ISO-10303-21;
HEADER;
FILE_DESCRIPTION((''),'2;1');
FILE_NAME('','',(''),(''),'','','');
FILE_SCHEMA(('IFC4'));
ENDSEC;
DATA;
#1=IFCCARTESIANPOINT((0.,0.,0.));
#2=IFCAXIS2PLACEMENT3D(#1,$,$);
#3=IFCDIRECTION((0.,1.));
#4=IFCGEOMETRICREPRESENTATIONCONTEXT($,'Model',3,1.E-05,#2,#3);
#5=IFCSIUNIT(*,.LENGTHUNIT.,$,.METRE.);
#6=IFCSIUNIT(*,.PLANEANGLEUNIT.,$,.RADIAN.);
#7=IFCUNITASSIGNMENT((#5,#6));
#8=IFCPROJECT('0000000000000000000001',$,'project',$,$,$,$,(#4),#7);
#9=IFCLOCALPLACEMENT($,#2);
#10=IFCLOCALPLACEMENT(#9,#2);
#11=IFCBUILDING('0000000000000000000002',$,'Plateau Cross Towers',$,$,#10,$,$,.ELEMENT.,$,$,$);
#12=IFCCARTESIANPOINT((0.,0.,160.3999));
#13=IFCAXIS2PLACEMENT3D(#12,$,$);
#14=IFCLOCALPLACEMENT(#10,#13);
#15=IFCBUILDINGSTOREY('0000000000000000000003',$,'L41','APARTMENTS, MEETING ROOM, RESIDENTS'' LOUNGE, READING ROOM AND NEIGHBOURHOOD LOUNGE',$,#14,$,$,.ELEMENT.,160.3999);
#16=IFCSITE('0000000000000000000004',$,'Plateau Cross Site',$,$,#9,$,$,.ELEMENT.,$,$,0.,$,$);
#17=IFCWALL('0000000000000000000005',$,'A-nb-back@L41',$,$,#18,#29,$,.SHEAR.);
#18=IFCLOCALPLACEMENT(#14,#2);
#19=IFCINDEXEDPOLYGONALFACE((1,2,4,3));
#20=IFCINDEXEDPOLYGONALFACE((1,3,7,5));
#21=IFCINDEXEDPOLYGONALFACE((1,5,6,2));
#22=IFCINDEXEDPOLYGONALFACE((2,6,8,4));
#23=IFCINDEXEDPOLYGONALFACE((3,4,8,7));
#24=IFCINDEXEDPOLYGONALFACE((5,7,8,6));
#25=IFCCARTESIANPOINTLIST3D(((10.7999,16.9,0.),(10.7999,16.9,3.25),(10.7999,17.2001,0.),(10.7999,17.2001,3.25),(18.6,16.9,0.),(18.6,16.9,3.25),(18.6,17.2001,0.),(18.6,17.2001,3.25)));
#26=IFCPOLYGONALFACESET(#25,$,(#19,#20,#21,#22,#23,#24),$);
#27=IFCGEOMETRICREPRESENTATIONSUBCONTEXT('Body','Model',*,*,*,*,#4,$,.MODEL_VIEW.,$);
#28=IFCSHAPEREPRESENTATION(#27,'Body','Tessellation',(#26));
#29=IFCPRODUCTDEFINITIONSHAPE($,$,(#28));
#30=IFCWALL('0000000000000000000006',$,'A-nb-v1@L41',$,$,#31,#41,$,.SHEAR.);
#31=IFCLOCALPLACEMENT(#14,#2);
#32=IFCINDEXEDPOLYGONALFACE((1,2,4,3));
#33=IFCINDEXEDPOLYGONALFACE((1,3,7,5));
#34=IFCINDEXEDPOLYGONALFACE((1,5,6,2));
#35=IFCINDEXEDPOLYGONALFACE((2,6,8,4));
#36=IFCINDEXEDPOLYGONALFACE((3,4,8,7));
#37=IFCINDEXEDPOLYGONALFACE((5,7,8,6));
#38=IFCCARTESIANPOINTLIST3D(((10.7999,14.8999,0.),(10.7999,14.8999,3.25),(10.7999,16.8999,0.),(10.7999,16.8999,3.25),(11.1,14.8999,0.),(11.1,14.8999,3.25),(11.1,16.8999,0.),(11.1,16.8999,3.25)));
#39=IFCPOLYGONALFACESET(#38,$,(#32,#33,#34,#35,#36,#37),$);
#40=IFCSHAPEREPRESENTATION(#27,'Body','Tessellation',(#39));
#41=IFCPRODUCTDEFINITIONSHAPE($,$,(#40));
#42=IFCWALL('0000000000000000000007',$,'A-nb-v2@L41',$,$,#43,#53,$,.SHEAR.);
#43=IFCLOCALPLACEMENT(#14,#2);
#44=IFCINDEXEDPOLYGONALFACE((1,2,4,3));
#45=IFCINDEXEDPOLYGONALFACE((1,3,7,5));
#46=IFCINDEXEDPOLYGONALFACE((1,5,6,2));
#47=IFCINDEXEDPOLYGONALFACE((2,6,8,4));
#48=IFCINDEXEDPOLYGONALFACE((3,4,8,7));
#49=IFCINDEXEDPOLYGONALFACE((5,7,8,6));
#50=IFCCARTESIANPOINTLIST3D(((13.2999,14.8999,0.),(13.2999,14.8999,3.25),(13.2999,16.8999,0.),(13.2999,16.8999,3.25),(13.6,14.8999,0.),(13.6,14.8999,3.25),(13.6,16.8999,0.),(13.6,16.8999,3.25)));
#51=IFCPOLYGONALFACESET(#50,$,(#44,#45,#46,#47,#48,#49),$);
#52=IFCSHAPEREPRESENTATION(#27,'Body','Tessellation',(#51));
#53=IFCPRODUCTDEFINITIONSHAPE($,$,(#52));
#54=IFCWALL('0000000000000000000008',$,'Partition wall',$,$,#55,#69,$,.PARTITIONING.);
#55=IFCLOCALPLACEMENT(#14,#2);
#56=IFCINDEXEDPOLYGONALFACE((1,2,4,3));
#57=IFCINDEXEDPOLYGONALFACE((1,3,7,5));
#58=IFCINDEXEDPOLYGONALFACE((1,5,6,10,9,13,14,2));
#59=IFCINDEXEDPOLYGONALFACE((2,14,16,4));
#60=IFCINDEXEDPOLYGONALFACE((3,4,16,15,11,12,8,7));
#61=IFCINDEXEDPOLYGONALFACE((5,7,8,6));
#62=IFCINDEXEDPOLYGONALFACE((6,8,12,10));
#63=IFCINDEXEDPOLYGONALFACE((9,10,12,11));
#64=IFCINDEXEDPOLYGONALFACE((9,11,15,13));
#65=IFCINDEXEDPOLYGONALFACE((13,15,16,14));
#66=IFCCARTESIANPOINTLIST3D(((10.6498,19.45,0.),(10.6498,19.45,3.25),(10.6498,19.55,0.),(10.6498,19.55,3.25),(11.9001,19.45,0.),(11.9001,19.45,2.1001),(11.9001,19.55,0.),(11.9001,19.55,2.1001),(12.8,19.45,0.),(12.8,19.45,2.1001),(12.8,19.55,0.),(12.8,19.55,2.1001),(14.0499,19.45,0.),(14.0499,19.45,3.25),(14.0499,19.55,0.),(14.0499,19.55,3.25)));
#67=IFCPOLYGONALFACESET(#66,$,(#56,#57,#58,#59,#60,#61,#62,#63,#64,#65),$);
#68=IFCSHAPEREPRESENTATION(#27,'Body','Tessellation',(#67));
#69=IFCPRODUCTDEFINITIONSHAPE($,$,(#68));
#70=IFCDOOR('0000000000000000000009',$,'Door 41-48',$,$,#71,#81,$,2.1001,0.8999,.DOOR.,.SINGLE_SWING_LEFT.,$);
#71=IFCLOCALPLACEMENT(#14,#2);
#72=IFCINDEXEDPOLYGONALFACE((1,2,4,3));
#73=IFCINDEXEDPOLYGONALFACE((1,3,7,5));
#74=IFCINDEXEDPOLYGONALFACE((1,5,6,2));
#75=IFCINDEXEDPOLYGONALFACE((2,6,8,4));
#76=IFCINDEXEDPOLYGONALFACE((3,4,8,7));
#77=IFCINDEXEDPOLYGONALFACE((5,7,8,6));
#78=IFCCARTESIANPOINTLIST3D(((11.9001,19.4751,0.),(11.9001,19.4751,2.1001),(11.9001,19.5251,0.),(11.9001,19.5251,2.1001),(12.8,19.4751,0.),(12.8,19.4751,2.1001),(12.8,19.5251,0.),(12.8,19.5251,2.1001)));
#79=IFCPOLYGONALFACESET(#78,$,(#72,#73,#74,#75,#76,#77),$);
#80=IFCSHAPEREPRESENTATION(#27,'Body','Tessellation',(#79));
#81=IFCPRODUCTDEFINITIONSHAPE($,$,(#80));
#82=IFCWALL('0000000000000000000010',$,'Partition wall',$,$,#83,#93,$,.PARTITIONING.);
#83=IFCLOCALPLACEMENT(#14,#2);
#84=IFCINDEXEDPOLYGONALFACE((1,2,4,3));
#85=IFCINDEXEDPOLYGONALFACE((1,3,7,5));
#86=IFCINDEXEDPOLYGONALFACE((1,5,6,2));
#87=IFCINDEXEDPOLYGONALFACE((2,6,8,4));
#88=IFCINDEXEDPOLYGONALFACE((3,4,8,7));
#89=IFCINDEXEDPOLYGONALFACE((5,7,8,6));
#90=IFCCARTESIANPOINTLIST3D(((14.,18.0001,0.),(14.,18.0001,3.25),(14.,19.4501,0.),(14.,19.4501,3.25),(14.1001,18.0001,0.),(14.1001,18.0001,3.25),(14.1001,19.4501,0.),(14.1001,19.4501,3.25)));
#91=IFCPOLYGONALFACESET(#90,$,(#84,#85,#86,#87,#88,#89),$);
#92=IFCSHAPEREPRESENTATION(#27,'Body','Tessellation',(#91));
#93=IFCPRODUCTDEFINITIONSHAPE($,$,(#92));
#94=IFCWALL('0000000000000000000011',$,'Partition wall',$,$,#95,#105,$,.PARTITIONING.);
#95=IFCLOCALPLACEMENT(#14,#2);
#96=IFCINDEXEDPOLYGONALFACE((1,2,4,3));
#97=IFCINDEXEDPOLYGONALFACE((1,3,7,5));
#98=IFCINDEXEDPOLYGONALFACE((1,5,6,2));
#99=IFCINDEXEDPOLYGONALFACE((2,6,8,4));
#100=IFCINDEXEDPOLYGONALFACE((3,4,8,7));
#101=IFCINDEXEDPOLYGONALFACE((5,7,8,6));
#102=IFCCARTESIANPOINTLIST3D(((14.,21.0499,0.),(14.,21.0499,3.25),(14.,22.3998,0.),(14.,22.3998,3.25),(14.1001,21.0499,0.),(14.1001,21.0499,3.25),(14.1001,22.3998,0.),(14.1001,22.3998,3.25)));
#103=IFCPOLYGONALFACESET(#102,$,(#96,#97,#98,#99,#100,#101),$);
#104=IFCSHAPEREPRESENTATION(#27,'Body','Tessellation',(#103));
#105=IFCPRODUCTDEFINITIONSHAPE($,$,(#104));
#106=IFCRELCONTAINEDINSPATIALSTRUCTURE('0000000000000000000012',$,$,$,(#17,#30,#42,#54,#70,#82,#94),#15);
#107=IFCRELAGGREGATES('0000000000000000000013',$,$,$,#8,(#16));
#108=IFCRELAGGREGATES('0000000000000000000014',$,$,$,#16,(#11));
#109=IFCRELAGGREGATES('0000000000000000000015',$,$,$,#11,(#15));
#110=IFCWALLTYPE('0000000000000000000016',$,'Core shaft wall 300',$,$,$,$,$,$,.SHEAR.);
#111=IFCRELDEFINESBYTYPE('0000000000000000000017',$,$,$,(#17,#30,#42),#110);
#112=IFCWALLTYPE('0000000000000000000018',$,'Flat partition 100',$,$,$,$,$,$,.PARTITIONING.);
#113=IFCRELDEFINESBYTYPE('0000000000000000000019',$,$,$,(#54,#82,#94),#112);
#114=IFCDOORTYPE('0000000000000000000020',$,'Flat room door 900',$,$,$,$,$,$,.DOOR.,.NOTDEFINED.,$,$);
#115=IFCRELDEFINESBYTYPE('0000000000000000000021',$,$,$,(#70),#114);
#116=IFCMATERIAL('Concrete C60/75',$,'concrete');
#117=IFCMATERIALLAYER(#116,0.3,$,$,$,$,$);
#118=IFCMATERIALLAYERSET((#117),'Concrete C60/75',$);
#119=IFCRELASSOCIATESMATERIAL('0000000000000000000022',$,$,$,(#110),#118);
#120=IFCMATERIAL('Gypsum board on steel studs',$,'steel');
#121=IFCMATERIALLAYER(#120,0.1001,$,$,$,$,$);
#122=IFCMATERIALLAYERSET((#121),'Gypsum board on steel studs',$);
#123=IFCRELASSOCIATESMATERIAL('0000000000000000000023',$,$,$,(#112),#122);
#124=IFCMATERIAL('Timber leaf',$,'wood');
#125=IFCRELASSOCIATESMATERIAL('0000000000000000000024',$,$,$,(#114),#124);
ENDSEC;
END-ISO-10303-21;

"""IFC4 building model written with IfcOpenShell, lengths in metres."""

from ifc_helpers import new_model, si_unit, direction, frame, frame_2d, origin, place, context, subcontext, project, spatial, rectangle, extrude, material, layer, layer_set, type_object, element, fill, save


model = new_model("IFC4")

# Units and contexts
model_context = context("Model", 3, precision=1e-05, world=origin(), true_north=direction((0.0, 1.0)))
body_context = subcontext(model_context, "Body", "Model", "MODEL_VIEW")
ifc_project = project(units=[si_unit("LENGTHUNIT", "METRE"), si_unit("PLANEANGLEUNIT", "RADIAN")], contexts=[model_context])

# Site, building, storey
site_placement = place(None, origin())
site = spatial("IfcSite", under=ifc_project, at=site_placement, Name="Plateau Cross Site", CompositionType="ELEMENT", RefElevation=0.0)
building_placement = place(site_placement, origin())
building = spatial("IfcBuilding", under=site, at=building_placement, Name="Plateau Cross Towers", CompositionType="ELEMENT")
storey_placement = place(building_placement, frame((0.0, 0.0, 160.3999)))
storey = spatial("IfcBuildingStorey", under=building, at=storey_placement, Name="L41", Description="APARTMENTS, MEETING ROOM, RESIDENTS' LOUNGE, READING ROOM AND NEIGHBOURHOOD LOUNGE", CompositionType="ELEMENT", Elevation=160.3999)

# Walls
ifc_material_1 = material(Name="Concrete C60/75", Category="concrete")
ifc_layer_1 = layer(ifc_material_1, 0.3)
ifc_layer_set_1 = layer_set([ifc_layer_1], Name="Concrete C60/75")
wall_type_1 = type_object("IfcWallType", Name="Core shaft wall 300", PredefinedType="SHEAR", material=ifc_layer_set_1)
wall_1_placement = place(storey_placement, frame((10.8, 17.05, 0.0), z_axis=(0.0, 0.0, 1.0), x_axis=(1.0, 0.0, 0.0)))
element("IfcWall", 1, at=wall_1_placement, inside=storey, type_object=wall_type_1, Name="A-nb-back@L41", PredefinedType="SHEAR", context=body_context, shape_type="SweptSolid", body=[
    extrude(rectangle(XDim=7.8, YDim=0.3, at=frame_2d((3.8999, 0.0))), origin(), (0.0, 0.0, 1.0), 3.25),
])
for number, where, z_axis, x_axis, name in (
    (2, (10.95, 14.8999, 0.0), (0.0, 0.0, 1.0), (0.0, 1.0, 0.0), "A-nb-v1@L41"),
    (3, (13.45, 14.8999, 0.0), (0.0, 0.0, 1.0), (0.0, 1.0, 0.0), "A-nb-v2@L41"),
):
    element("IfcWall", number, at=place(storey_placement, frame(where, z_axis=z_axis, x_axis=x_axis)), inside=storey, type_object=wall_type_1, Name=name, PredefinedType="SHEAR", context=body_context, shape_type="SweptSolid", body=[
        extrude(rectangle(XDim=2.0, YDim=0.3, at=frame_2d((1.0, 0.0))), origin(), (0.0, 0.0, 1.0), 3.25),
    ])

# Wall, opening, door
ifc_material_2 = material(Name="Gypsum board on steel studs", Category="steel")
ifc_layer_2 = layer(ifc_material_2, 0.1001)
ifc_layer_set_2 = layer_set([ifc_layer_2], Name="Gypsum board on steel studs")
wall_type_2 = type_object("IfcWallType", Name="Flat partition 100", PredefinedType="PARTITIONING", material=ifc_layer_set_2)
wall_2_placement = place(storey_placement, frame((14.05, 19.5, 0.0), z_axis=(0.0, 0.0, 1.0), x_axis=(-1.0, 0.0, 0.0)))
wall_2 = element("IfcWall", 4, at=wall_2_placement, inside=storey, type_object=wall_type_2, Name="Partition wall", PredefinedType="PARTITIONING", context=body_context, shape_type="SweptSolid", body=[
    extrude(rectangle(XDim=3.4001, YDim=0.1001, at=frame_2d((1.7002, 0.0))), origin(), (0.0, 0.0, 1.0), 3.25),
])
opening_placement = place(wall_2_placement, frame((1.25, 0.0, 0.0)))
opening = element("IfcOpeningElement", 5, at=opening_placement, cuts=wall_2, PredefinedType="OPENING", context=body_context, shape_type="SweptSolid", body=[
    extrude(rectangle(XDim=0.8999, YDim=2.1001, at=frame_2d((0.45, 1.05))), frame((0.0, 0.0601, 0.0), z_axis=(0.0, -1.0, 0.0), x_axis=(1.0, 0.0, 0.0)), (0.0, 0.0, 1.0), 0.1201),
])
ifc_material_3 = material(Name="Timber leaf", Category="wood")
door_type = type_object("IfcDoorType", Name="Flat room door 900", OperationType="NOTDEFINED", PredefinedType="DOOR", material=ifc_material_3)
door_placement = place(opening_placement, origin())
door = element("IfcDoor", 6, at=door_placement, inside=storey, type_object=door_type, Name="Door 41-48", OperationType="SINGLE_SWING_LEFT", OverallHeight=2.1001, OverallWidth=0.8999, PredefinedType="DOOR", context=body_context, shape_type="SweptSolid", body=[
    extrude(rectangle(XDim=0.8999, YDim=2.1001, at=frame_2d((0.45, 1.05))), frame((0.0, 0.0249, 0.0), z_axis=(0.0, -1.0, 0.0), x_axis=(1.0, 0.0, 0.0)), (0.0, 0.0, 1.0), 0.05),
])
fill(opening, door)

# Walls
wall_3_placement = place(storey_placement, frame((14.05, 18.0, 0.0), z_axis=(0.0, 0.0, 1.0), x_axis=(0.0, 1.0, 0.0)))
element("IfcWall", 7, at=wall_3_placement, inside=storey, type_object=wall_type_2, Name="Partition wall", PredefinedType="PARTITIONING", context=body_context, shape_type="SweptSolid", body=[
    extrude(rectangle(XDim=1.45, YDim=0.1001, at=frame_2d((0.7251, 0.0))), origin(), (0.0, 0.0, 1.0), 3.25),
])
wall_4_placement = place(storey_placement, frame((14.05, 21.05, 0.0), z_axis=(0.0, 0.0, 1.0), x_axis=(0.0, 1.0, 0.0)))
element("IfcWall", 8, at=wall_4_placement, inside=storey, type_object=wall_type_2, Name="Partition wall", PredefinedType="PARTITIONING", context=body_context, shape_type="SweptSolid", body=[
    extrude(rectangle(XDim=1.3499, YDim=0.1001, at=frame_2d((0.6748, 0.0))), origin(), (0.0, 0.0, 1.0), 3.25),
])

save(model, "model.ifc")
